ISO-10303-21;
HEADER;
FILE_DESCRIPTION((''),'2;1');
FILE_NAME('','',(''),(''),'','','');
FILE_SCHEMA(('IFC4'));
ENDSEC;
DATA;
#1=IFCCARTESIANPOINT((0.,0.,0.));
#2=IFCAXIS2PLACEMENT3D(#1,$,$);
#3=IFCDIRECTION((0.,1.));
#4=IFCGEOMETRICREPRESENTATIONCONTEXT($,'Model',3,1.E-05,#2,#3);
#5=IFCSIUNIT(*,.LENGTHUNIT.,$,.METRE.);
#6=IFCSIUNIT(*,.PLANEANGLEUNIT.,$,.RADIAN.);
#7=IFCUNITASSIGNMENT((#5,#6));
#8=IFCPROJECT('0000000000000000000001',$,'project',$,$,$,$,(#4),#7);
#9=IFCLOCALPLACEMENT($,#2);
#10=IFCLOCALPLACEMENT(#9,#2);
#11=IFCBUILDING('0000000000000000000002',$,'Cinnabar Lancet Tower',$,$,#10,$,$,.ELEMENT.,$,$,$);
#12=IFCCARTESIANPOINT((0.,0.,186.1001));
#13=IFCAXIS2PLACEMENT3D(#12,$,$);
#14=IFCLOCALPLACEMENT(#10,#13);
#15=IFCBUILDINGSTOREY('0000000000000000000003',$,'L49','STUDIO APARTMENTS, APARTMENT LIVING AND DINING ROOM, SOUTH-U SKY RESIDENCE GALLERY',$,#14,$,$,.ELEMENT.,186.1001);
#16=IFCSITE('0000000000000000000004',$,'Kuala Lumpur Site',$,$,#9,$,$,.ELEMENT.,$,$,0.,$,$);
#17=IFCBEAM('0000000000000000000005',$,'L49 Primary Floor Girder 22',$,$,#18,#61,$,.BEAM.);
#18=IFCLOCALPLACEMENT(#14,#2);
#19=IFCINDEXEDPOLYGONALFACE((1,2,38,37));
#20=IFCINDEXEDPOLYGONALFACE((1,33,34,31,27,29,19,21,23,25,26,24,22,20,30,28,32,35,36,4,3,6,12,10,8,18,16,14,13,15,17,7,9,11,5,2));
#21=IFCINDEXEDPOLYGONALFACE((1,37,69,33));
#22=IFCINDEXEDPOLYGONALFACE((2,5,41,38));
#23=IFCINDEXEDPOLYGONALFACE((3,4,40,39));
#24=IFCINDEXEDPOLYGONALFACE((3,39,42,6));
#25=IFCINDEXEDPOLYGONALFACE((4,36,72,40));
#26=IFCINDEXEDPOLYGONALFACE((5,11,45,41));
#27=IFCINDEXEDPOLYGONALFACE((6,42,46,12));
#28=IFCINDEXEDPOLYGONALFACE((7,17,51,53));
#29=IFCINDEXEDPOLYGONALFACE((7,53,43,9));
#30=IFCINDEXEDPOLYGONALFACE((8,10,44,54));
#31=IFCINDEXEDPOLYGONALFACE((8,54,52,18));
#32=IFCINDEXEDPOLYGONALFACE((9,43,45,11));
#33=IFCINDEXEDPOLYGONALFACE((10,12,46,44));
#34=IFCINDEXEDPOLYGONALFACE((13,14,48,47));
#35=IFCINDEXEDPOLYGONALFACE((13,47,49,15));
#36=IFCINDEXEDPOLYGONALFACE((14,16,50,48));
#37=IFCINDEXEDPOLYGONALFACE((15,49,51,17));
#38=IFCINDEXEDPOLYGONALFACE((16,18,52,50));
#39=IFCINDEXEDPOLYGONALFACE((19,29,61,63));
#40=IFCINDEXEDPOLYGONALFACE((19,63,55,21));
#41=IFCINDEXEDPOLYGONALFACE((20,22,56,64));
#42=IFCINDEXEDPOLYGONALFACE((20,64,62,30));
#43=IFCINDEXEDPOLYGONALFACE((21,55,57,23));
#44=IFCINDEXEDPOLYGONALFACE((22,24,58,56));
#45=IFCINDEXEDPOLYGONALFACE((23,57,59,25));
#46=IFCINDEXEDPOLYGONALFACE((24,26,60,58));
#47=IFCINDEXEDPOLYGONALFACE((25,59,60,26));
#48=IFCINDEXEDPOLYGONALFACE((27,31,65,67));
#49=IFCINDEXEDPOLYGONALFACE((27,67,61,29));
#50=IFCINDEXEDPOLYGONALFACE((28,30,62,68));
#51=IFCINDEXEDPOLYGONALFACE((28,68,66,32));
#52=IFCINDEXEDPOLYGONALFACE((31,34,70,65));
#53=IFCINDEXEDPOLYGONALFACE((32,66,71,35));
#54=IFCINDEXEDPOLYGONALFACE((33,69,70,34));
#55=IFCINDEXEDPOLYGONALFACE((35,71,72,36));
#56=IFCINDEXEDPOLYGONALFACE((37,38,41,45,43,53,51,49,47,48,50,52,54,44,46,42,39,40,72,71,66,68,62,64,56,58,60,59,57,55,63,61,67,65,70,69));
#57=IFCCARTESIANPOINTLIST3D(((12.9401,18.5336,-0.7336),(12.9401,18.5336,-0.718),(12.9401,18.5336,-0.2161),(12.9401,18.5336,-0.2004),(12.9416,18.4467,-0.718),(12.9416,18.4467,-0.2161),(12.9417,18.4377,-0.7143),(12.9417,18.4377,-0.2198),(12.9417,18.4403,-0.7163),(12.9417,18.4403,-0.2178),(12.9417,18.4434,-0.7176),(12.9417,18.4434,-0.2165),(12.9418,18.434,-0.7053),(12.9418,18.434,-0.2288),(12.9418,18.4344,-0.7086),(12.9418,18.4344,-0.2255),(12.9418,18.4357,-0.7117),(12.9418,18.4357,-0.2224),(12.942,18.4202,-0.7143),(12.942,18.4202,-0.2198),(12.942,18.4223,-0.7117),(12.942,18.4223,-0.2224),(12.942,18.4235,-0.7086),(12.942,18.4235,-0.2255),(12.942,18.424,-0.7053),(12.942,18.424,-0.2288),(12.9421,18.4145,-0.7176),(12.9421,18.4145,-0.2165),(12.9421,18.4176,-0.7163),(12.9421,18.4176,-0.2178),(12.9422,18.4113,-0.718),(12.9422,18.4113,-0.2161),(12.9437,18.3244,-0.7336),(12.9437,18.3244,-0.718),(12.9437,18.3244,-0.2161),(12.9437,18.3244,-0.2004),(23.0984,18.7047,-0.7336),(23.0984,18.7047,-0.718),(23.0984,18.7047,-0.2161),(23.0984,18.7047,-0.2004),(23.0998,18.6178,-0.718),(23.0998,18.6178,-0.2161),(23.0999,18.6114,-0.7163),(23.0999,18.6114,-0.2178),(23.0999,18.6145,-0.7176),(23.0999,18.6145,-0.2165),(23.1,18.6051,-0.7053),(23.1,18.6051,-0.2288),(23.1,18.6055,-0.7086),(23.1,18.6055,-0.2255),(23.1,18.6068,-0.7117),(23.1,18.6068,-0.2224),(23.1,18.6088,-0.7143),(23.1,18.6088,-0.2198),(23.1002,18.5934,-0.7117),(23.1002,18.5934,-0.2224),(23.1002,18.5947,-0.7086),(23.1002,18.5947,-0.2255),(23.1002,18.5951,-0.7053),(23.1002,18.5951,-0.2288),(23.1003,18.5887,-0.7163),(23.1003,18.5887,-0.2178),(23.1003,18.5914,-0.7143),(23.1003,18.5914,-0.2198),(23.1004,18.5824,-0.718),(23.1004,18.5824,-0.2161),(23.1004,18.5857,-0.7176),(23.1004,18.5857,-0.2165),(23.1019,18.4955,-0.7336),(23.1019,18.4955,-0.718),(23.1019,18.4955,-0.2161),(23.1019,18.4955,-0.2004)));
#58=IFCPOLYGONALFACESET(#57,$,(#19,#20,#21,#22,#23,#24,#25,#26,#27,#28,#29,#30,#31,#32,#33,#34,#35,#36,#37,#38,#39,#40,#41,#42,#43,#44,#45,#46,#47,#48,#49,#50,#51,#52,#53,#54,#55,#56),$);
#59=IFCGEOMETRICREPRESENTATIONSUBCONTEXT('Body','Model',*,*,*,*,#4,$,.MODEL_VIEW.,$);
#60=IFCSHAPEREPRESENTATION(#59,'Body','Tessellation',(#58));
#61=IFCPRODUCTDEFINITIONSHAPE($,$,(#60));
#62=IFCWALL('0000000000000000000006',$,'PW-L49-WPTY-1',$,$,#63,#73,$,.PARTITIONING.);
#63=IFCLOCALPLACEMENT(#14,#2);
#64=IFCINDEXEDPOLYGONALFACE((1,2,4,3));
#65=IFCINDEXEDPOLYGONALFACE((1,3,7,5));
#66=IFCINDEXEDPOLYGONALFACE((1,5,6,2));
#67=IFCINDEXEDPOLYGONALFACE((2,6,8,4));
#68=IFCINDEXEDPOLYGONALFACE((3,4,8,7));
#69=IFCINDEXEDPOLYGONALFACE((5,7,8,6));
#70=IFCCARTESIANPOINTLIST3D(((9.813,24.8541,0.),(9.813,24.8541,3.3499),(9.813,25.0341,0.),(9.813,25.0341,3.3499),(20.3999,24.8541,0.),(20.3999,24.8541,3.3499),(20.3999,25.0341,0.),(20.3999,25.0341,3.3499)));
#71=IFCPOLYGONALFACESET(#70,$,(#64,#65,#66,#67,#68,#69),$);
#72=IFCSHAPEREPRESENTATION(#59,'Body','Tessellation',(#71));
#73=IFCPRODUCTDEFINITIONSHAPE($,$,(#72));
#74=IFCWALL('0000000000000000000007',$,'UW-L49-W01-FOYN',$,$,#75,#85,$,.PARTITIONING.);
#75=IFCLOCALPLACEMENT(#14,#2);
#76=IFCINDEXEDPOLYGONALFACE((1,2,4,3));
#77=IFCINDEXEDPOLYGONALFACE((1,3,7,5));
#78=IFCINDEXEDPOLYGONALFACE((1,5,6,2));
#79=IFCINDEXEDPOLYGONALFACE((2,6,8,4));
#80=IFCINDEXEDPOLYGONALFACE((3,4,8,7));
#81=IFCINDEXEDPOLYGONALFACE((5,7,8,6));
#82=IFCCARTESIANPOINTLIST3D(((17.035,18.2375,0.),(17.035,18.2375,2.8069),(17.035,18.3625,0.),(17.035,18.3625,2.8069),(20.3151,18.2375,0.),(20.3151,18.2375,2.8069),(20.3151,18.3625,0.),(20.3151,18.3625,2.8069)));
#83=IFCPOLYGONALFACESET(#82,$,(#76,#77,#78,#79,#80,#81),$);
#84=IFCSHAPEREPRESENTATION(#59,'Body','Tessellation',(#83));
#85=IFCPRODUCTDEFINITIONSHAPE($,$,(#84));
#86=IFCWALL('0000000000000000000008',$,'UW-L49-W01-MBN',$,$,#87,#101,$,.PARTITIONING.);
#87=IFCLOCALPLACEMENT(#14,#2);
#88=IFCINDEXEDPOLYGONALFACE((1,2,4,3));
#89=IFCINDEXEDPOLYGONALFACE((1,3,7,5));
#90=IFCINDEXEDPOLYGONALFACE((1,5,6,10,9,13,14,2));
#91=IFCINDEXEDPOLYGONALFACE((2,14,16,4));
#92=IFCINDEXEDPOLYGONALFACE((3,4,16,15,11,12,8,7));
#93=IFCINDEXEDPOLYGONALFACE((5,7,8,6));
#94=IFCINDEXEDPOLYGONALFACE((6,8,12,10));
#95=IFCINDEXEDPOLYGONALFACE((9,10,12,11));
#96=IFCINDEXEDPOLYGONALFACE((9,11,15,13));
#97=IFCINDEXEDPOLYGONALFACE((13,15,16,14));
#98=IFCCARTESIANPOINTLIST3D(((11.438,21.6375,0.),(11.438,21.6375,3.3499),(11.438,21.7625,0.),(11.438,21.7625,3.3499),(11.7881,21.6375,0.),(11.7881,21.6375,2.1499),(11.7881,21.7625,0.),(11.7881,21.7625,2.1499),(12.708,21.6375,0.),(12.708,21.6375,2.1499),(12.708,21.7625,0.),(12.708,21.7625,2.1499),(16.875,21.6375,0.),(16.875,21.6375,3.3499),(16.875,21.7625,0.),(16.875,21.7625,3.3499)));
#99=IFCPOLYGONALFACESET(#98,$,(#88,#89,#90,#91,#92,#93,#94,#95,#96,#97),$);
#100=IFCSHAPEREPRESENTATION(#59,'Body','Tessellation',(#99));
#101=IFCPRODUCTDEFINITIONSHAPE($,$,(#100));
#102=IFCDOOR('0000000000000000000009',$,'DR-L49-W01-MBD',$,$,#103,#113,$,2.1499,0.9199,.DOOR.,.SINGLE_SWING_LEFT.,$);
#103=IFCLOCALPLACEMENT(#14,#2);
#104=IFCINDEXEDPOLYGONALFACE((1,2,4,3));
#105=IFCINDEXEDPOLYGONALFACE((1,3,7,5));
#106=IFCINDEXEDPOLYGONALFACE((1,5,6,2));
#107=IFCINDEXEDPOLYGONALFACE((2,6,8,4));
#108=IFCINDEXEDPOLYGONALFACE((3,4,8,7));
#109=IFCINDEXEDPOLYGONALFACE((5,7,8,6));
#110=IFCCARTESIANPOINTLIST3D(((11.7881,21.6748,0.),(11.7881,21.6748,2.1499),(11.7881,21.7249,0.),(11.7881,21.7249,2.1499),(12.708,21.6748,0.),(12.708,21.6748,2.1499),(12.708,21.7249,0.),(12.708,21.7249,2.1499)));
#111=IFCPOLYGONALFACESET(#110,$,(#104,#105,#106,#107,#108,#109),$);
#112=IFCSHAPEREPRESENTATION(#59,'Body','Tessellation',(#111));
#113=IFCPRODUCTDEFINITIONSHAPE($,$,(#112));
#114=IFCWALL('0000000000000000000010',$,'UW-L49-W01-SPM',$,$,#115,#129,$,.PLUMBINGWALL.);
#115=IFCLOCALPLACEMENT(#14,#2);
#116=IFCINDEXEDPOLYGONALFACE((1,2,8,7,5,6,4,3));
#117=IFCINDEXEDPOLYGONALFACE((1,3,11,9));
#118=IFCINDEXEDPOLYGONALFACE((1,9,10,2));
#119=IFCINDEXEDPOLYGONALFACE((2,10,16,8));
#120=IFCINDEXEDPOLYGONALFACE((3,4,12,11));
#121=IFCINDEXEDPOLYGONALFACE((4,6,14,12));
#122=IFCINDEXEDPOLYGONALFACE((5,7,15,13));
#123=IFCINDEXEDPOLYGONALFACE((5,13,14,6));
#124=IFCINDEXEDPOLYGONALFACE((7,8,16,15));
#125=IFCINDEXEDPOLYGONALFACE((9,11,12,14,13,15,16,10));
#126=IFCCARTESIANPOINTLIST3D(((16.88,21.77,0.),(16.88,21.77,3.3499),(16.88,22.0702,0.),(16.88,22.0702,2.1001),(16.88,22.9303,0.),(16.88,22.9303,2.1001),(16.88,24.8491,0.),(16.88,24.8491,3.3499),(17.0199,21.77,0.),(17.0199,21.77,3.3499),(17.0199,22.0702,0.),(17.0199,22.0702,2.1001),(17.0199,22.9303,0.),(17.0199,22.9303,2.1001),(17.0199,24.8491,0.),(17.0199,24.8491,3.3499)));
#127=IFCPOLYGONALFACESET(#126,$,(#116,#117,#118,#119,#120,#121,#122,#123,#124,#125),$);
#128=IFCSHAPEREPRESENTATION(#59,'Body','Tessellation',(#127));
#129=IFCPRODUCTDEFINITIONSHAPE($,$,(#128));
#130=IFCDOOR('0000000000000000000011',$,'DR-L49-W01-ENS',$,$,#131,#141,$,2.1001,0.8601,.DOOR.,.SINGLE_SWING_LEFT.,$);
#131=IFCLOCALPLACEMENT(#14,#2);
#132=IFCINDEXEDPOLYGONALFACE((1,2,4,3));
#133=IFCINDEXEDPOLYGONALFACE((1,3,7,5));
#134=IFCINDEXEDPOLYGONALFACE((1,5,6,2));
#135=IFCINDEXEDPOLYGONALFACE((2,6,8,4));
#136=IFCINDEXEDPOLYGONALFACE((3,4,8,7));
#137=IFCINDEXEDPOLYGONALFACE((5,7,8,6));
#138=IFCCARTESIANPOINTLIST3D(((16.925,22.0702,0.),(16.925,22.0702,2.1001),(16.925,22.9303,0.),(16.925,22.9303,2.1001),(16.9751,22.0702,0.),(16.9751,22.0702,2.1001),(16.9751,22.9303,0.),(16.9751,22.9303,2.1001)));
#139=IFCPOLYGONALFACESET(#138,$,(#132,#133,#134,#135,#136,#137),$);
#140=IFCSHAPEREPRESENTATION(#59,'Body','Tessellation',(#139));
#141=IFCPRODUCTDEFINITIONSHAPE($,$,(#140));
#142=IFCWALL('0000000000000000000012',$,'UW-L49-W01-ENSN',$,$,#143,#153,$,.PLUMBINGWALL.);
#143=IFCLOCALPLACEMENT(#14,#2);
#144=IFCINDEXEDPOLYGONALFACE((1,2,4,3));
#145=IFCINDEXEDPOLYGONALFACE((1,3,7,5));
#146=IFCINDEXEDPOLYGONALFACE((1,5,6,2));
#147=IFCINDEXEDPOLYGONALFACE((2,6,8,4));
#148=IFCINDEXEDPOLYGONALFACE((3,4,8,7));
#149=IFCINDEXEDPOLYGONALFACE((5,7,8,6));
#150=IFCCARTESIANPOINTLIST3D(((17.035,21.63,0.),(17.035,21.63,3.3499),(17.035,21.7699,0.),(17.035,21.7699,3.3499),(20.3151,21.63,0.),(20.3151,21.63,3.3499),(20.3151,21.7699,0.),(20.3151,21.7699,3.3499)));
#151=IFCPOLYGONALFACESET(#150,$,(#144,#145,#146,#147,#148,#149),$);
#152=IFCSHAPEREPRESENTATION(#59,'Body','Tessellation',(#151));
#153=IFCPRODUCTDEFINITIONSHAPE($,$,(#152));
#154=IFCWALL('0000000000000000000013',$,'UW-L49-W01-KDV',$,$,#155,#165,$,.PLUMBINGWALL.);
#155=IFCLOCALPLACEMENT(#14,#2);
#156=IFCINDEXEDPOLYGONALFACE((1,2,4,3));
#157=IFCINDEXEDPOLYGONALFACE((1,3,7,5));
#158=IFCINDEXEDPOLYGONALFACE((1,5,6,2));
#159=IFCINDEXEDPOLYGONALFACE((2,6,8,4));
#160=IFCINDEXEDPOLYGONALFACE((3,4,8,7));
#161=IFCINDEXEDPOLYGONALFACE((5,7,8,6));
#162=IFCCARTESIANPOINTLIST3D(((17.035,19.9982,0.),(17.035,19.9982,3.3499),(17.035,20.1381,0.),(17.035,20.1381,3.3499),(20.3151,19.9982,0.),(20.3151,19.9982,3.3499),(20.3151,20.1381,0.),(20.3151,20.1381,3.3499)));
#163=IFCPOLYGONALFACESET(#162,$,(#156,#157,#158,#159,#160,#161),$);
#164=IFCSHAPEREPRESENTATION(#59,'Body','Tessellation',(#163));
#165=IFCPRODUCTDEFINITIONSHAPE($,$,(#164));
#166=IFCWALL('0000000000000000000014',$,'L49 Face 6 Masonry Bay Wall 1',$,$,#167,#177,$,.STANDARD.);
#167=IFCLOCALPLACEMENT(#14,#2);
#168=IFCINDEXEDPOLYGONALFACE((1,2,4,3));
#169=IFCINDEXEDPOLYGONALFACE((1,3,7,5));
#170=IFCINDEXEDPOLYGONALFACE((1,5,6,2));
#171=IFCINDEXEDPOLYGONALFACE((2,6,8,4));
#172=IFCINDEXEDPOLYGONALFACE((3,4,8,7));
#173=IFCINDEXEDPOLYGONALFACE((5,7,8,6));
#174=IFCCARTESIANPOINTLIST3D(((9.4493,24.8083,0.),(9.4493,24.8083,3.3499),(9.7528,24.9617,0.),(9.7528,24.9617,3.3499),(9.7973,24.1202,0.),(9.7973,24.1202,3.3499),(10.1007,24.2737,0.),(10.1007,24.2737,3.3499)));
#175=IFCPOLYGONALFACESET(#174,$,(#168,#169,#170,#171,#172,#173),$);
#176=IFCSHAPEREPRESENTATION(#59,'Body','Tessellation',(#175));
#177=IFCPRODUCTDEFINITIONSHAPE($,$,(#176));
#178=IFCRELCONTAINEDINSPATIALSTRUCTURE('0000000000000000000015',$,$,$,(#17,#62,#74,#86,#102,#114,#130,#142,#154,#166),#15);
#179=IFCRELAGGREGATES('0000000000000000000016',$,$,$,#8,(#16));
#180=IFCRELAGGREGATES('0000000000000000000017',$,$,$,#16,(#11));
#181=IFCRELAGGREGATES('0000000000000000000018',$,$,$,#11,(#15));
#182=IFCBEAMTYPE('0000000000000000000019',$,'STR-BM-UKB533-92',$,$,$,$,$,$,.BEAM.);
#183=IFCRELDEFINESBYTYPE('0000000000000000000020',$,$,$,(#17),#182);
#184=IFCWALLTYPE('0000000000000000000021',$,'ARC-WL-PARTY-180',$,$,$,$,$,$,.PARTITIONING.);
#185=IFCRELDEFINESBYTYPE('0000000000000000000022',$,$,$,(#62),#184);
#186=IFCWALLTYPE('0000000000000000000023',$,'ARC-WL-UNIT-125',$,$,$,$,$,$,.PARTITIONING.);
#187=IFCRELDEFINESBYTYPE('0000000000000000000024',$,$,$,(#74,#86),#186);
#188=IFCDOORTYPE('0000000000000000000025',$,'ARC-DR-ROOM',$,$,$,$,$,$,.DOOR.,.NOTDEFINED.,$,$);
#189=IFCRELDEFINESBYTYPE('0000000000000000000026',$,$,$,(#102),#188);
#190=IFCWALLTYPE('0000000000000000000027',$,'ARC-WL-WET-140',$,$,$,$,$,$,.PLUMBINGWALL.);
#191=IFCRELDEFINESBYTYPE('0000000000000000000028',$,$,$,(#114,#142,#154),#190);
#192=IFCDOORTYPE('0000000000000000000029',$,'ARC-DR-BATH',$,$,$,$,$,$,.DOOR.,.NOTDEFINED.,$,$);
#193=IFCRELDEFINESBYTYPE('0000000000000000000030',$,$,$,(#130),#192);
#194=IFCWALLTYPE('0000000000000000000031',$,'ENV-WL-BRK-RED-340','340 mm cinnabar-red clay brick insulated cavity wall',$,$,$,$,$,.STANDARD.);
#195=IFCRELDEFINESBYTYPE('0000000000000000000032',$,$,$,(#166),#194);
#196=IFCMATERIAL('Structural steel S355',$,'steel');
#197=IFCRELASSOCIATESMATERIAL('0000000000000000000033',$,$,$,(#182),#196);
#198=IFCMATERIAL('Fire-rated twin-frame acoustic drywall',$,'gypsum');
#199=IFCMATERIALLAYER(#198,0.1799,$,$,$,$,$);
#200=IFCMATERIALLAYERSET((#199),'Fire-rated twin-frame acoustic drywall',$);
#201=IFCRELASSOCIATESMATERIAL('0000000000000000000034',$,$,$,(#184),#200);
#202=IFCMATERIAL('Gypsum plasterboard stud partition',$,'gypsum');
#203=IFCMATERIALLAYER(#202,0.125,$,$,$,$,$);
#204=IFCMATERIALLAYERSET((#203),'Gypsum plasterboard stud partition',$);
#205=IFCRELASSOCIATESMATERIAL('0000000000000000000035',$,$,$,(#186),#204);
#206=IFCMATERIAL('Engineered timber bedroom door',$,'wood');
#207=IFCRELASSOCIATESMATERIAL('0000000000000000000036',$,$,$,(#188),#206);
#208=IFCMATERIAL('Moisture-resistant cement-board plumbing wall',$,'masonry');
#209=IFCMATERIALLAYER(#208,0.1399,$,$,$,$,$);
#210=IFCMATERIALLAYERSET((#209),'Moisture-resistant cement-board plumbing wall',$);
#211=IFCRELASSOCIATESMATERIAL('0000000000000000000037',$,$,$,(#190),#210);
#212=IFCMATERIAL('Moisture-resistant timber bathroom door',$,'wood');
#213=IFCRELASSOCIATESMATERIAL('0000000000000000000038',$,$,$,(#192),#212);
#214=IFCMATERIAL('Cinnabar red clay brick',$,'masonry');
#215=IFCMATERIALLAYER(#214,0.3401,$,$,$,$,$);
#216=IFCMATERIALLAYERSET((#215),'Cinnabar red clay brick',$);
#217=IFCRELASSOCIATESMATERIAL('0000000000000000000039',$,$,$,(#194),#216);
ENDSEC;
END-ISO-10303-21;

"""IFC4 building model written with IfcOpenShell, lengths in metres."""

from ifc_helpers import new_model, si_unit, direction, frame, frame_2d, origin, origin_2d, place, context, subcontext, project, spatial, rectangle, i_section, extrude, material, layer, layer_set, material_profile, profile_set, type_object, element, fill, save


model = new_model("IFC4")

# Units and contexts
model_context = context("Model", 3, precision=1e-05, world=origin(), true_north=direction((0.0, 1.0)))
body_context = subcontext(model_context, "Body", "Model", "MODEL_VIEW")
ifc_project = project(units=[si_unit("LENGTHUNIT", "METRE"), si_unit("PLANEANGLEUNIT", "RADIAN")], contexts=[model_context])

# Site, building, storey
site_placement = place(None, origin())
site = spatial("IfcSite", under=ifc_project, at=site_placement, Name="Kuala Lumpur Site", CompositionType="ELEMENT", RefElevation=0.0)
building_placement = place(site_placement, origin())
building = spatial("IfcBuilding", under=site, at=building_placement, Name="Cinnabar Lancet Tower", CompositionType="ELEMENT")
storey_placement = place(building_placement, frame((0.0, 0.0, 186.1001)))
storey = spatial("IfcBuildingStorey", under=building, at=storey_placement, Name="L49", Description="STUDIO APARTMENTS, APARTMENT LIVING AND DINING ROOM, SOUTH-U SKY RESIDENCE GALLERY", CompositionType="ELEMENT", Elevation=186.1001)

# Beam
ifc_material_1 = material(Name="Structural steel S355", Category="steel")
ifc_material_profile_1 = material_profile(ifc_material_1, i_section(OverallWidth=0.2092, OverallDepth=0.5332, WebThickness=0.01, FlangeThickness=0.0156, FilletRadius=0.0127, at=origin_2d()), Name="UKB 533x210x92")
ifc_profile_set_1 = profile_set([ifc_material_profile_1], Name="Structural steel S355")
beam_type_1 = type_object("IfcBeamType", Name="STR-BM-UKB533-92", PredefinedType="BEAM", material=ifc_profile_set_1)
beam_1_placement = place(storey_placement, frame((12.9419, 18.429, -0.467), z_axis=(0.999858, 0.016845, 0.0), x_axis=(-0.016845, 0.999858, 0.0)))
element("IfcBeam", 1, at=beam_1_placement, inside=storey, type_object=beam_type_1, Name="L49 Primary Floor Girder 22", PredefinedType="BEAM", context=body_context, shape_type="SweptSolid", body=[
    extrude(i_section(OverallWidth=0.2092, OverallDepth=0.5332, WebThickness=0.01, FlangeThickness=0.0156, FilletRadius=0.0127, at=origin_2d()), origin(), (0.0, 0.0, 1.0), 10.1597),
])

# Walls
ifc_material_2 = material(Name="Fire-rated twin-frame acoustic drywall", Category="gypsum")
ifc_layer_1 = layer(ifc_material_2, 0.1799)
ifc_layer_set_1 = layer_set([ifc_layer_1], Name="Fire-rated twin-frame acoustic drywall")
wall_type_1 = type_object("IfcWallType", Name="ARC-WL-PARTY-180", PredefinedType="PARTITIONING", material=ifc_layer_set_1)
wall_1_placement = place(storey_placement, frame((9.813, 24.9441, 0.0), z_axis=(0.0, 0.0, 1.0), x_axis=(1.0, 0.0, 0.0)))
element("IfcWall", 2, at=wall_1_placement, inside=storey, type_object=wall_type_1, Name="PW-L49-WPTY-1", PredefinedType="PARTITIONING", context=body_context, shape_type="SweptSolid", body=[
    extrude(rectangle(XDim=10.5869, YDim=0.1799, at=frame_2d((5.2935, 0.0))), origin(), (0.0, 0.0, 1.0), 3.3499),
])
ifc_material_3 = material(Name="Gypsum plasterboard stud partition", Category="gypsum")
ifc_layer_2 = layer(ifc_material_3, 0.125)
ifc_layer_set_2 = layer_set([ifc_layer_2], Name="Gypsum plasterboard stud partition")
wall_type_2 = type_object("IfcWallType", Name="ARC-WL-UNIT-125", PredefinedType="PARTITIONING", material=ifc_layer_set_2)
wall_2_placement = place(storey_placement, frame((17.0349, 18.3, 0.0), z_axis=(0.0, 0.0, 1.0), x_axis=(1.0, 0.0, 0.0)))
element("IfcWall", 3, at=wall_2_placement, inside=storey, type_object=wall_type_2, Name="UW-L49-W01-FOYN", PredefinedType="PARTITIONING", context=body_context, shape_type="SweptSolid", body=[
    extrude(rectangle(XDim=3.28, YDim=0.125, at=frame_2d((1.6401, 0.0))), origin(), (0.0, 0.0, 1.0), 2.8069),
])

# Wall, opening, door
wall_3_placement = place(storey_placement, frame((11.438, 21.7, 0.0), z_axis=(0.0, 0.0, 1.0), x_axis=(1.0, 0.0, 0.0)))
wall_3 = element("IfcWall", 4, at=wall_3_placement, inside=storey, type_object=wall_type_2, Name="UW-L49-W01-MBN", PredefinedType="PARTITIONING", context=body_context, shape_type="SweptSolid", body=[
    extrude(rectangle(XDim=5.437, YDim=0.125, at=frame_2d((2.7185, 0.0))), origin(), (0.0, 0.0, 1.0), 3.3499),
])
opening_1_placement = place(wall_3_placement, frame((0.3501, 0.0, 0.0)))
opening_1 = element("IfcOpeningElement", 5, at=opening_1_placement, cuts=wall_3, PredefinedType="OPENING", context=body_context, shape_type="SweptSolid", body=[
    extrude(rectangle(XDim=0.9199, YDim=2.1499, at=frame_2d((0.46, 1.075))), frame((0.0, 0.0725, 0.0), z_axis=(0.0, -1.0, 0.0), x_axis=(1.0, 0.0, 0.0)), (0.0, 0.0, 1.0), 0.145),
])
ifc_material_4 = material(Name="Engineered timber bedroom door", Category="wood")
door_type_1 = type_object("IfcDoorType", Name="ARC-DR-ROOM", OperationType="NOTDEFINED", PredefinedType="DOOR", material=ifc_material_4)
door_1_placement = place(opening_1_placement, origin())
door_1 = element("IfcDoor", 6, at=door_1_placement, inside=storey, type_object=door_type_1, Name="DR-L49-W01-MBD", OperationType="SINGLE_SWING_LEFT", OverallHeight=2.1499, OverallWidth=0.9199, PredefinedType="DOOR", context=body_context, shape_type="SweptSolid", body=[
    extrude(rectangle(XDim=0.9199, YDim=2.1499, at=frame_2d((0.46, 1.075))), frame((0.0, 0.0249, 0.0), z_axis=(0.0, -1.0, 0.0), x_axis=(1.0, 0.0, 0.0)), (0.0, 0.0, 1.0), 0.05),
])
fill(opening_1, door_1)

# Shared definitions
ifc_material_5 = material(Name="Moisture-resistant cement-board plumbing wall", Category="masonry")
ifc_layer_3 = layer(ifc_material_5, 0.1399)
ifc_layer_set_3 = layer_set([ifc_layer_3], Name="Moisture-resistant cement-board plumbing wall")
wall_type_3 = type_object("IfcWallType", Name="ARC-WL-WET-140", PredefinedType="PLUMBINGWALL", material=ifc_layer_set_3)
ifc_material_6 = material(Name="Moisture-resistant timber bathroom door", Category="wood")
door_type_2 = type_object("IfcDoorType", Name="ARC-DR-BATH", OperationType="NOTDEFINED", PredefinedType="DOOR", material=ifc_material_6)

# Wall, opening, door
wall_4_placement = place(storey_placement, frame((16.95, 21.77, 0.0), z_axis=(0.0, 0.0, 1.0), x_axis=(0.0, 1.0, 0.0)))
wall_4 = element("IfcWall", 7, at=wall_4_placement, inside=storey, type_object=wall_type_3, Name="UW-L49-W01-SPM", PredefinedType="PLUMBINGWALL", context=body_context, shape_type="SweptSolid", body=[
    extrude(rectangle(XDim=3.0791, YDim=0.1399, at=frame_2d((1.5396, 0.0))), origin(), (0.0, 0.0, 1.0), 3.3499),
])
opening_2_placement = place(wall_4_placement, frame((0.3, 0.0, 0.0)))
opening_2 = element("IfcOpeningElement", 8, at=opening_2_placement, cuts=wall_4, PredefinedType="OPENING", context=body_context, shape_type="SweptSolid", body=[
    extrude(rectangle(XDim=0.8601, YDim=2.1001, at=frame_2d((0.4302, 1.05))), frame((0.0, 0.0798, 0.0), z_axis=(0.0, -1.0, 0.0), x_axis=(1.0, 0.0, 0.0)), (0.0, 0.0, 1.0), 0.1599),
])
door_2_placement = place(opening_2_placement, origin())
door_2 = element("IfcDoor", 9, at=door_2_placement, inside=storey, type_object=door_type_2, Name="DR-L49-W01-ENS", OperationType="SINGLE_SWING_LEFT", OverallHeight=2.1001, OverallWidth=0.8601, PredefinedType="DOOR", context=body_context, shape_type="SweptSolid", body=[
    extrude(rectangle(XDim=0.8601, YDim=2.1001, at=frame_2d((0.4302, 1.05))), frame((0.0, 0.0249, 0.0), z_axis=(0.0, -1.0, 0.0), x_axis=(1.0, 0.0, 0.0)), (0.0, 0.0, 1.0), 0.05),
])
fill(opening_2, door_2)

# Walls
for number, where, z_axis, x_axis, name in (
    (10, (17.0349, 21.7, 0.0), (0.0, 0.0, 1.0), (1.0, 0.0, 0.0), "UW-L49-W01-ENSN"),
    (11, (17.0349, 20.0681, 0.0), (0.0, 0.0, 1.0), (1.0, 0.0, 0.0), "UW-L49-W01-KDV"),
):
    element("IfcWall", number, at=place(storey_placement, frame(where, z_axis=z_axis, x_axis=x_axis)), inside=storey, type_object=wall_type_3, Name=name, PredefinedType="PLUMBINGWALL", context=body_context, shape_type="SweptSolid", body=[
        extrude(rectangle(XDim=3.28, YDim=0.1399, at=frame_2d((1.6401, 0.0))), origin(), (0.0, 0.0, 1.0), 3.3499),
    ])
ifc_material_7 = material(Name="Cinnabar red clay brick", Category="masonry")
ifc_layer_4 = layer(ifc_material_7, 0.3401)
ifc_layer_set_4 = layer_set([ifc_layer_4], Name="Cinnabar red clay brick")
wall_type_4 = type_object("IfcWallType", Name="ENV-WL-BRK-RED-340", Description="340 mm cinnabar-red clay brick insulated cavity wall", PredefinedType="STANDARD", material=ifc_layer_set_4)
wall_5_placement = place(storey_placement, frame((9.6011, 24.885, 0.0), z_axis=(0.0, 0.0, 1.0), x_axis=(0.451262, -0.892391, 0.0)))
element("IfcWall", 12, at=wall_5_placement, inside=storey, type_object=wall_type_4, Name="L49 Face 6 Masonry Bay Wall 1", PredefinedType="STANDARD", context=body_context, shape_type="SweptSolid", body=[
    extrude(rectangle(XDim=0.771, YDim=0.3401, at=frame_2d((0.3855, 0.0))), origin(), (0.0, 0.0, 1.0), 3.3499),
])

save(model, "model.ifc")
